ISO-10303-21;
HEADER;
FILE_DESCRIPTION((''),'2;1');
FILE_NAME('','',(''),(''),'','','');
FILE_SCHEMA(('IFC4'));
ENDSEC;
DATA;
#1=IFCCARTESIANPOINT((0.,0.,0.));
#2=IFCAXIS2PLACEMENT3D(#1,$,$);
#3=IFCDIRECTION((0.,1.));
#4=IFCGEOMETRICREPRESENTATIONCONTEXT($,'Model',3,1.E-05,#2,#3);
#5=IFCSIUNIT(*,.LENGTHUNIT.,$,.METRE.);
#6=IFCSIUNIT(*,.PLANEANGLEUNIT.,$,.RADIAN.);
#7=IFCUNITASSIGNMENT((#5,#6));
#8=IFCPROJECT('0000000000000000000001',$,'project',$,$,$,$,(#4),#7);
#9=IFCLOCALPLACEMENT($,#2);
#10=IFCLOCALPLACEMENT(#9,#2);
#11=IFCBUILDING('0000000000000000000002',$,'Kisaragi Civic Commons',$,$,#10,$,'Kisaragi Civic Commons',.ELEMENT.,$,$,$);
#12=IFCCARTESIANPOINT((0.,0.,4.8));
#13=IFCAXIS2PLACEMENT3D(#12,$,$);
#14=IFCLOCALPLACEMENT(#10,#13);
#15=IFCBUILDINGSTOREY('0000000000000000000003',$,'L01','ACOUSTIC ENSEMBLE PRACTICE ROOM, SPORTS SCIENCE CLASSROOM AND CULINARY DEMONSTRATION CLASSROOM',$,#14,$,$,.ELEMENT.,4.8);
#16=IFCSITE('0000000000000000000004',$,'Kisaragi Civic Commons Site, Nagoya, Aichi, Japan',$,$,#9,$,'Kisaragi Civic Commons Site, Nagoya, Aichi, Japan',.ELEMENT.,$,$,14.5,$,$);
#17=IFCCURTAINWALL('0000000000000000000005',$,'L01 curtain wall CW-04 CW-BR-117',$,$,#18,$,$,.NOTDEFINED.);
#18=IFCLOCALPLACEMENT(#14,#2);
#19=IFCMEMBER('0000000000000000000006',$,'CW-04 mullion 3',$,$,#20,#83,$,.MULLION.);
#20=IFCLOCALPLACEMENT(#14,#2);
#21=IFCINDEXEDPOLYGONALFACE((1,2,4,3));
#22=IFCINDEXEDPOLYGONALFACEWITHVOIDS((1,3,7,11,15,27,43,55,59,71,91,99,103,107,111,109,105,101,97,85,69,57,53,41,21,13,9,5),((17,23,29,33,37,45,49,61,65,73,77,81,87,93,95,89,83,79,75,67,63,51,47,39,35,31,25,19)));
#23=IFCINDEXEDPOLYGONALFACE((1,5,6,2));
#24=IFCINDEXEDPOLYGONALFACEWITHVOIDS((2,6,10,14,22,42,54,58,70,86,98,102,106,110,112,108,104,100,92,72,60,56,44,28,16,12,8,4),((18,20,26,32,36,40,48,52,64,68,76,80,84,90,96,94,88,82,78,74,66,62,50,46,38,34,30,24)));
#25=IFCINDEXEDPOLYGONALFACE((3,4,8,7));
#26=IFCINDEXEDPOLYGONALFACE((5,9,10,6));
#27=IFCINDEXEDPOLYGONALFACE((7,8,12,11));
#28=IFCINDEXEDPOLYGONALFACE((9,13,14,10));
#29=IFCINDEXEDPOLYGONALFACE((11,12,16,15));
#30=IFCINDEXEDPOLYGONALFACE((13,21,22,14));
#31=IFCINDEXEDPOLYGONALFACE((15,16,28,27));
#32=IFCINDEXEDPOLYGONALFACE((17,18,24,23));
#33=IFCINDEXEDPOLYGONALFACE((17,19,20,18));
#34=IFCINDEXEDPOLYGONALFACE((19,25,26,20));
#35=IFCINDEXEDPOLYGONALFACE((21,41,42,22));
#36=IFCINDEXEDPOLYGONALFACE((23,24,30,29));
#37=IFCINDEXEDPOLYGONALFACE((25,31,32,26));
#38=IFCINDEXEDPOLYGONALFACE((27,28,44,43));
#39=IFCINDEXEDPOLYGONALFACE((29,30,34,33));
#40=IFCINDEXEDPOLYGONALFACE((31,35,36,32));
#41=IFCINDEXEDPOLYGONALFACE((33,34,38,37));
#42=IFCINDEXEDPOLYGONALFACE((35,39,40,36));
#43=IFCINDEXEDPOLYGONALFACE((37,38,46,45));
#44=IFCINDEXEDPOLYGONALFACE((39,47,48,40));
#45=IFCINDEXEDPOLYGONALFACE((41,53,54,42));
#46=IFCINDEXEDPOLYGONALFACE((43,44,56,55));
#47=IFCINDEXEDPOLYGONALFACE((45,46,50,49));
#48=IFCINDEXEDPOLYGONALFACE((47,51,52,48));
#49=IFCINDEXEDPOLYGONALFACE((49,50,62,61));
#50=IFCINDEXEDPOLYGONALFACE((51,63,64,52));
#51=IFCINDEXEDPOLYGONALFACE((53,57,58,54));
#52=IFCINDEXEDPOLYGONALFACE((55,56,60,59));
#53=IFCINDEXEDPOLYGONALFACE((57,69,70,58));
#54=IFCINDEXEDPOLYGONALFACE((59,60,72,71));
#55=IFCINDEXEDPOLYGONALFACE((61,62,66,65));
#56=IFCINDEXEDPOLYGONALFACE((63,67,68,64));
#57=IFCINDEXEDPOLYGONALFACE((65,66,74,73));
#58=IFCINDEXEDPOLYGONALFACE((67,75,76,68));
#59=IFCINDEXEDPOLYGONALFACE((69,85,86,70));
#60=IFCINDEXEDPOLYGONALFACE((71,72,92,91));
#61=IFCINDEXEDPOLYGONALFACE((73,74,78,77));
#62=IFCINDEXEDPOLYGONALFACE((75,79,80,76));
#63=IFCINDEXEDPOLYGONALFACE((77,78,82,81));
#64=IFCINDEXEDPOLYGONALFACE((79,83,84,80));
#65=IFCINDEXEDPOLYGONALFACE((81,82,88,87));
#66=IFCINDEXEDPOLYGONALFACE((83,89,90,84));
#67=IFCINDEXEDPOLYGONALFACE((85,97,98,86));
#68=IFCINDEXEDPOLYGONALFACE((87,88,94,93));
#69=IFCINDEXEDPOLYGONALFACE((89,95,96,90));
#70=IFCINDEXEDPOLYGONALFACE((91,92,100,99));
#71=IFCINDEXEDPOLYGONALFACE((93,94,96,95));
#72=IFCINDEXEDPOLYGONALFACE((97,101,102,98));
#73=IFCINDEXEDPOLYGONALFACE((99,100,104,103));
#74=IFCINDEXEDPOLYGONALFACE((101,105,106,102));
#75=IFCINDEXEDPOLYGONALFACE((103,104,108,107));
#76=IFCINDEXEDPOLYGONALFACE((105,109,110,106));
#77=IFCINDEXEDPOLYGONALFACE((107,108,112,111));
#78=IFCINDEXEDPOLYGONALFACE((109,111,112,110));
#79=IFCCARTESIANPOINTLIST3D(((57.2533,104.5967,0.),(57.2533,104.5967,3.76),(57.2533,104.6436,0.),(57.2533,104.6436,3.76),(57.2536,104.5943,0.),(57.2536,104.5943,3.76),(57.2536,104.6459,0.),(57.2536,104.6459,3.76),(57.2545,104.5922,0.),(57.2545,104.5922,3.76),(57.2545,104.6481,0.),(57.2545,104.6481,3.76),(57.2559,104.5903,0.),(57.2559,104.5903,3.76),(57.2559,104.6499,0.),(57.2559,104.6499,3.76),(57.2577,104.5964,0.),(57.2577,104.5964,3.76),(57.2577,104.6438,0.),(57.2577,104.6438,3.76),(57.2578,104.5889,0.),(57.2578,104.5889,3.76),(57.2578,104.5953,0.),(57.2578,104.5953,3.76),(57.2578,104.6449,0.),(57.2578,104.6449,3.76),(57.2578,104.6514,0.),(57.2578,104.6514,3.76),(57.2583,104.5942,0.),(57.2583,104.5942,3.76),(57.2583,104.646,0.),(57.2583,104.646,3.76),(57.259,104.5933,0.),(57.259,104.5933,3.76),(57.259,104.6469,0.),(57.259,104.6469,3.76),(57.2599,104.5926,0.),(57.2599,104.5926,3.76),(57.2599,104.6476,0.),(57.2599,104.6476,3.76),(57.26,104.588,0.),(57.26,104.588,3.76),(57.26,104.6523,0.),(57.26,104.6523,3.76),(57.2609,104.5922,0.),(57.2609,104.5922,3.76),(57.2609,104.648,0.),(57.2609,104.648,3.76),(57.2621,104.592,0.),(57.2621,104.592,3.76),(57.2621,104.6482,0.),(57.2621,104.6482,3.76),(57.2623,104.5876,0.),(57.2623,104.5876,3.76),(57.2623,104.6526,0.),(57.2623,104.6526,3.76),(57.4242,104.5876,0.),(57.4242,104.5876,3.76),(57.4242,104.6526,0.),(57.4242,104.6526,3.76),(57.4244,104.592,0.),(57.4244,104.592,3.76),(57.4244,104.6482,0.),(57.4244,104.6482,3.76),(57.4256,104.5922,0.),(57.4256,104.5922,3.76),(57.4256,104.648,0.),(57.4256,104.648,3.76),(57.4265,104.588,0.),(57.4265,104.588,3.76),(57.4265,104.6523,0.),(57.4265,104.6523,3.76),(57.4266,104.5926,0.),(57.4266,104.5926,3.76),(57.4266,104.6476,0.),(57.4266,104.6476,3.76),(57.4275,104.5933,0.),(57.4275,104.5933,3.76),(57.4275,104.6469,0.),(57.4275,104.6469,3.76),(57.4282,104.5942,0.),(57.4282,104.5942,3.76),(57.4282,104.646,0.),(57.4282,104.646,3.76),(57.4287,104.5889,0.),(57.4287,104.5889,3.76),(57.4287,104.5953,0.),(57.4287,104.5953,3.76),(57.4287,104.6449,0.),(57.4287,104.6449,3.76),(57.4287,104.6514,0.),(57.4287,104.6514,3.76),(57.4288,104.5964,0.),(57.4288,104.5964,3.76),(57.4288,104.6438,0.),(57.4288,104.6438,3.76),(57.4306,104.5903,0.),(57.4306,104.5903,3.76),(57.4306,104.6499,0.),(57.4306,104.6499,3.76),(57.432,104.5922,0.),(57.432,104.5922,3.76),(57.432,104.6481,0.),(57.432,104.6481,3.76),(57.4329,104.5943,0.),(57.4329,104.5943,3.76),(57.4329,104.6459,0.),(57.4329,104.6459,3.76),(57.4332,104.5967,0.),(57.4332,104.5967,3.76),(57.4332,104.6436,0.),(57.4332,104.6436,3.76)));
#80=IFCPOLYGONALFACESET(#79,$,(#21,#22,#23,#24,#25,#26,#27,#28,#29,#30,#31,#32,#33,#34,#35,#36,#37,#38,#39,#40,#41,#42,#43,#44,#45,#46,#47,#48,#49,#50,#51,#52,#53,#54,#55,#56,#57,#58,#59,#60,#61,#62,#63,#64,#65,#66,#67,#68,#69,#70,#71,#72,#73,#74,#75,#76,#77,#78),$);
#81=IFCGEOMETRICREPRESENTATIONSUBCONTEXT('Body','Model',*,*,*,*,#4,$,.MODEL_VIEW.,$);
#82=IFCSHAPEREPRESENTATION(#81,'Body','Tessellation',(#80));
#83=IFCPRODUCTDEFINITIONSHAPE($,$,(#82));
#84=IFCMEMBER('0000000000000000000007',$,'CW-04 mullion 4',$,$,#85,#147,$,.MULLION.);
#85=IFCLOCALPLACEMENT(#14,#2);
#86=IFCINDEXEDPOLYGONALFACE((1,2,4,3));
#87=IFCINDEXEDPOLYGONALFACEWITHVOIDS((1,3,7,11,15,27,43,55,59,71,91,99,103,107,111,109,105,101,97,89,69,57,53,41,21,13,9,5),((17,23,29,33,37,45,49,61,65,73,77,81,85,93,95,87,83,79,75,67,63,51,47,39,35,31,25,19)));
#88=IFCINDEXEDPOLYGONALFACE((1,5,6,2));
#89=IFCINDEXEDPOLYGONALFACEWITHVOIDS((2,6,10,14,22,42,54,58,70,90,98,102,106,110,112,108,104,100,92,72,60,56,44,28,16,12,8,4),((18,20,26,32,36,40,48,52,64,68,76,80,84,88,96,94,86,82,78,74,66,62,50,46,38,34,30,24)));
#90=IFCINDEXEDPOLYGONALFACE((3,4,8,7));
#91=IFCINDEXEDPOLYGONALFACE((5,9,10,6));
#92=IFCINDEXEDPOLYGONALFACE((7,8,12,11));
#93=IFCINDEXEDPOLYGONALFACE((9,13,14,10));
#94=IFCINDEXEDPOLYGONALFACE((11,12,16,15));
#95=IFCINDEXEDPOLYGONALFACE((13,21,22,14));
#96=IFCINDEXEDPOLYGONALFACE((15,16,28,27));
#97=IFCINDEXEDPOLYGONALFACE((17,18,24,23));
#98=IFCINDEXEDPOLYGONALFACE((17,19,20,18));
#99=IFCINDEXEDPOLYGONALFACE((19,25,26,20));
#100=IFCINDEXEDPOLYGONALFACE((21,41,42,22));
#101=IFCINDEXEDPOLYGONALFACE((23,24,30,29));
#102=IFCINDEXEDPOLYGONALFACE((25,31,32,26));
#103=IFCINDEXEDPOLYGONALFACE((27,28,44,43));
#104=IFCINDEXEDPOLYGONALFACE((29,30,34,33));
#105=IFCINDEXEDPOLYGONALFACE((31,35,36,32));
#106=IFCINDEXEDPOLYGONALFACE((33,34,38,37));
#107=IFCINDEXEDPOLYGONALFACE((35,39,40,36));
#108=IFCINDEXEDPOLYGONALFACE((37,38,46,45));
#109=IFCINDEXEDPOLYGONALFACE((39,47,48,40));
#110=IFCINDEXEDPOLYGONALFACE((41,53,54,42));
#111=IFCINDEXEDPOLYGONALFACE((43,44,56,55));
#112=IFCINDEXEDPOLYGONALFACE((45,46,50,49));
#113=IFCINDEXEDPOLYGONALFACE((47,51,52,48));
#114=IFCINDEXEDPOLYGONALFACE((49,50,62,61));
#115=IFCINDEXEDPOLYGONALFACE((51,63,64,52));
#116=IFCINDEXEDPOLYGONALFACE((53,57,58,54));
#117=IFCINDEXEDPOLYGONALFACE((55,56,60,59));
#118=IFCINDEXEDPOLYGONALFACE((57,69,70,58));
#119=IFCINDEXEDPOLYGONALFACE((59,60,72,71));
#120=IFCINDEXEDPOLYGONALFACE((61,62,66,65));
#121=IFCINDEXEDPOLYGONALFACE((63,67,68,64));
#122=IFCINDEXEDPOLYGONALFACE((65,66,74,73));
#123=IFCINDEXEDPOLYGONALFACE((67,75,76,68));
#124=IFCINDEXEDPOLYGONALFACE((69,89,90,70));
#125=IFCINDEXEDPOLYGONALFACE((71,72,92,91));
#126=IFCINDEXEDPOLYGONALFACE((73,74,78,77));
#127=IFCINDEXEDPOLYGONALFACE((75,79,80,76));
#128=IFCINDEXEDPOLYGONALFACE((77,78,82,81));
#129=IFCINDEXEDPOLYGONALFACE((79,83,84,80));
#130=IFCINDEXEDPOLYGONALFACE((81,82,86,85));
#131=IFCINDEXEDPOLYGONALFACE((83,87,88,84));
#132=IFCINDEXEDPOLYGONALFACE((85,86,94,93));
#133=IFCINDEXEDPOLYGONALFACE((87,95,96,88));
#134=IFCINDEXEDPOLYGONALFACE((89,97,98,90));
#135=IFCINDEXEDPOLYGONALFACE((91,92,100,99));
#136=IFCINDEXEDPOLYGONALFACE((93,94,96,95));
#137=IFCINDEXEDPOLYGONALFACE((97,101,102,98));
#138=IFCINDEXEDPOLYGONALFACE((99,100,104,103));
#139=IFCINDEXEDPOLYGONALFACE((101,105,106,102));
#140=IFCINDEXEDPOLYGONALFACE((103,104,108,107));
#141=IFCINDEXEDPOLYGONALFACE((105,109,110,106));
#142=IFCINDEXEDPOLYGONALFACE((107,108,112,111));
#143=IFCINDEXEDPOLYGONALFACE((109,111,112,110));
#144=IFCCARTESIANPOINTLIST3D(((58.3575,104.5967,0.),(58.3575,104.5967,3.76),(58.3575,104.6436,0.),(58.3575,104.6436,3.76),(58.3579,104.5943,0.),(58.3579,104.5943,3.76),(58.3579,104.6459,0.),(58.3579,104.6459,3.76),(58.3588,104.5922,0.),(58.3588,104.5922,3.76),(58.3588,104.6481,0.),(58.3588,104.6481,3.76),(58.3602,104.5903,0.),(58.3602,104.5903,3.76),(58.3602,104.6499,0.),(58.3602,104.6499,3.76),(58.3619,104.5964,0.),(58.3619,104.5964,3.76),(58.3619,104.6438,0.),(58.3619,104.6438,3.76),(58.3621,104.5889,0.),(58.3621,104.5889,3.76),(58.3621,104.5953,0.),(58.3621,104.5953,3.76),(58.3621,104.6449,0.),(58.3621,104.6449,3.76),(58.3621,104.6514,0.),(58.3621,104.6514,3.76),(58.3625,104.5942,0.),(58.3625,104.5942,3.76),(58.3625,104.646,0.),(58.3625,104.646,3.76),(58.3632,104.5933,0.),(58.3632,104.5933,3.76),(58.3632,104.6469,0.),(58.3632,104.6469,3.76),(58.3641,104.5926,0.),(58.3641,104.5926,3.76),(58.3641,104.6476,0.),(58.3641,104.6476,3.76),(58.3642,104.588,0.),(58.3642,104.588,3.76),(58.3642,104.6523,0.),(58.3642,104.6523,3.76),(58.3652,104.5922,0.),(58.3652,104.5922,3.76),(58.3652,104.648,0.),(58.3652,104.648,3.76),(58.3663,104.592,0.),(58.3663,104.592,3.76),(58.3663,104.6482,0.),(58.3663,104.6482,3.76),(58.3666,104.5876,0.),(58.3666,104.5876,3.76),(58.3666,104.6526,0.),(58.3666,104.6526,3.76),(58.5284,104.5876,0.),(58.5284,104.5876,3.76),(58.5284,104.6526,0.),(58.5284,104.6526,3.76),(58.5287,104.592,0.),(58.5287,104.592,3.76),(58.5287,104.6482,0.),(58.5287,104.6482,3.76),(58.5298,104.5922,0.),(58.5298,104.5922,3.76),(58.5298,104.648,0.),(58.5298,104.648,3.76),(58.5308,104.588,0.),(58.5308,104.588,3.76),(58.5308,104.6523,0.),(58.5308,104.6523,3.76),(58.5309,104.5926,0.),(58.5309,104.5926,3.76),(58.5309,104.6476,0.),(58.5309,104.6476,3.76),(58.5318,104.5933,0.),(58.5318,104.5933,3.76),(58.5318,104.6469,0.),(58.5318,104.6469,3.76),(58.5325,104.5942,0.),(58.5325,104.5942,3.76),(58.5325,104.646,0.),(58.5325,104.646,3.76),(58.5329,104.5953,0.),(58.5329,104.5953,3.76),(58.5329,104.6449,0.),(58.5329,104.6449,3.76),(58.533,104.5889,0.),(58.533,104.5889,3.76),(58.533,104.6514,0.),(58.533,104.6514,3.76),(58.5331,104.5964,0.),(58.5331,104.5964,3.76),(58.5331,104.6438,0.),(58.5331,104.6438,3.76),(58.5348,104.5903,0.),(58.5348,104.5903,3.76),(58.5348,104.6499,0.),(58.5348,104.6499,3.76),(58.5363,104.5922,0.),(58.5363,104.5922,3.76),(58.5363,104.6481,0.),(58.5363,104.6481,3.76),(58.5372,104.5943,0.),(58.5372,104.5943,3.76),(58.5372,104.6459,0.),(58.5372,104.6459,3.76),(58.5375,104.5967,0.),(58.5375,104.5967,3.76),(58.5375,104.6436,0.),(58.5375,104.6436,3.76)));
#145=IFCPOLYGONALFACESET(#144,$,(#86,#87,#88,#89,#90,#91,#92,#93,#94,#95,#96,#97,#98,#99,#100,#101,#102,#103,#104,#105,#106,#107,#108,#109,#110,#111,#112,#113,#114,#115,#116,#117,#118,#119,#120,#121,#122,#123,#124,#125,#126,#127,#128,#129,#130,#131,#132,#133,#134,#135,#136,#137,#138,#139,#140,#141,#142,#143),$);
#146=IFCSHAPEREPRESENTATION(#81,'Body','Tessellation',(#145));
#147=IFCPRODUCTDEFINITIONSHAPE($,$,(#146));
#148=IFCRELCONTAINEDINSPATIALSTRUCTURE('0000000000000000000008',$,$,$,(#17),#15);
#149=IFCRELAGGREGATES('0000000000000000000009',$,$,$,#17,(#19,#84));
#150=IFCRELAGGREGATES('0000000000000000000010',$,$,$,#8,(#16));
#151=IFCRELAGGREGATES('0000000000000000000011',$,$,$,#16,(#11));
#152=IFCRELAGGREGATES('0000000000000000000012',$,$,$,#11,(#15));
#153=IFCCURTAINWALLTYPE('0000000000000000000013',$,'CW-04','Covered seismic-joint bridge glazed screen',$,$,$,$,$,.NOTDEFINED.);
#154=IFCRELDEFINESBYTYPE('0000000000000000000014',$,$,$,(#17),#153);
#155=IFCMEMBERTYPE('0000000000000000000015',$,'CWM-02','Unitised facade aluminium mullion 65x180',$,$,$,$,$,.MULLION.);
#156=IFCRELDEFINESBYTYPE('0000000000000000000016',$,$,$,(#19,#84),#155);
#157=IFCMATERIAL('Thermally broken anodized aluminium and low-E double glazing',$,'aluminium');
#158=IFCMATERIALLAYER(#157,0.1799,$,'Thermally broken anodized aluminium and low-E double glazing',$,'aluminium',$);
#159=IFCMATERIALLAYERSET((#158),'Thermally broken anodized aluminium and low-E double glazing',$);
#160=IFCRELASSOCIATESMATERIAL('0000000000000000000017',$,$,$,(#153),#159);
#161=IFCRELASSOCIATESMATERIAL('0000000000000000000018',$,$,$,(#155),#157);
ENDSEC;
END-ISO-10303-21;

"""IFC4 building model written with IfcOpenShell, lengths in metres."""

from ifc_helpers import new_model, si_unit, direction, frame, origin, origin_2d, place, context, subcontext, project, spatial, hollow_rectangle, extrude, material, layer, layer_set, material_profile, profile_set, type_object, element, aggregate, save


model = new_model("IFC4")

# Units and contexts
model_context = context("Model", 3, precision=1e-05, world=origin(), true_north=direction((0.0, 1.0)))
body_context = subcontext(model_context, "Body", "Model", "MODEL_VIEW")
ifc_project = project(units=[si_unit("LENGTHUNIT", "METRE"), si_unit("PLANEANGLEUNIT", "RADIAN")], contexts=[model_context])

# Site, building, storey
site_placement = place(None, origin())
site = spatial("IfcSite", under=ifc_project, at=site_placement, Name="Kisaragi Civic Commons Site, Nagoya, Aichi, Japan", LongName="Kisaragi Civic Commons Site, Nagoya, Aichi, Japan", CompositionType="ELEMENT", RefElevation=14.5)
building_placement = place(site_placement, origin())
building = spatial("IfcBuilding", under=site, at=building_placement, Name="Kisaragi Civic Commons", LongName="Kisaragi Civic Commons", CompositionType="ELEMENT")
storey_placement = place(building_placement, frame((0.0, 0.0, 4.8)))
storey = spatial("IfcBuildingStorey", under=building, at=storey_placement, Name="L01", Description="ACOUSTIC ENSEMBLE PRACTICE ROOM, SPORTS SCIENCE CLASSROOM AND CULINARY DEMONSTRATION CLASSROOM", CompositionType="ELEMENT", Elevation=4.8)

# Curtain wall, members
ifc_material = material(Name="Thermally broken anodized aluminium and low-E double glazing", Category="aluminium")
ifc_layer_1 = layer(ifc_material, 0.1799, Name="Thermally broken anodized aluminium and low-E double glazing", Category="aluminium")
ifc_layer_set_1 = layer_set([ifc_layer_1], Name="Thermally broken anodized aluminium and low-E double glazing")
curtain_wall_type = type_object("IfcCurtainWallType", Name="CW-04", Description="Covered seismic-joint bridge glazed screen", PredefinedType="NOTDEFINED", material=ifc_layer_set_1)
curtain_wall_1_placement = place(storey_placement, origin())
curtain_wall_1 = element("IfcCurtainWall", 1, at=curtain_wall_1_placement, inside=storey, type_object=curtain_wall_type, Name="L01 curtain wall CW-04 CW-BR-117", PredefinedType="NOTDEFINED")
ifc_material_profile_1 = material_profile(ifc_material, hollow_rectangle(XDim=0.0649, YDim=0.1799, WallThickness=0.0044, InnerFilletRadius=0.0044, OuterFilletRadius=0.009, at=origin_2d()), Name="CWM-65x180x4.5", Category="aluminium")
ifc_profile_set_1 = profile_set([ifc_material_profile_1], Name="Thermally broken anodized aluminium and low-E double glazing")
member_type_1 = type_object("IfcMemberType", Name="CWM-02", Description="Unitised facade aluminium mullion 65x180", PredefinedType="MULLION", material=ifc_profile_set_1)
member_1_placement = place(storey_placement, frame((57.3433, 104.6201, 0.0), z_axis=(0.0, 0.0, 1.0), x_axis=(0.0, 1.0, 0.0)))
member_1 = element("IfcMember", 2, at=member_1_placement, type_object=member_type_1, Name="CW-04 mullion 3", PredefinedType="MULLION", context=body_context, shape_type="SweptSolid", body=[
    extrude(hollow_rectangle(XDim=0.0649, YDim=0.1799, WallThickness=0.0044, InnerFilletRadius=0.0044, OuterFilletRadius=0.009, at=origin_2d()), origin(), (0.0, 0.0, 1.0), 3.76),
])
member_2_placement = place(storey_placement, frame((58.4475, 104.6201, 0.0), z_axis=(0.0, 0.0, 1.0), x_axis=(0.0, 1.0, 0.0)))
member_2 = element("IfcMember", 3, at=member_2_placement, type_object=member_type_1, Name="CW-04 mullion 4", PredefinedType="MULLION", context=body_context, shape_type="SweptSolid", body=[
    extrude(hollow_rectangle(XDim=0.0649, YDim=0.1799, WallThickness=0.0044, InnerFilletRadius=0.0044, OuterFilletRadius=0.009, at=origin_2d()), origin(), (0.0, 0.0, 1.0), 3.76),
])

aggregate(curtain_wall_1, [member_1, member_2])

save(model, "model.ifc")
